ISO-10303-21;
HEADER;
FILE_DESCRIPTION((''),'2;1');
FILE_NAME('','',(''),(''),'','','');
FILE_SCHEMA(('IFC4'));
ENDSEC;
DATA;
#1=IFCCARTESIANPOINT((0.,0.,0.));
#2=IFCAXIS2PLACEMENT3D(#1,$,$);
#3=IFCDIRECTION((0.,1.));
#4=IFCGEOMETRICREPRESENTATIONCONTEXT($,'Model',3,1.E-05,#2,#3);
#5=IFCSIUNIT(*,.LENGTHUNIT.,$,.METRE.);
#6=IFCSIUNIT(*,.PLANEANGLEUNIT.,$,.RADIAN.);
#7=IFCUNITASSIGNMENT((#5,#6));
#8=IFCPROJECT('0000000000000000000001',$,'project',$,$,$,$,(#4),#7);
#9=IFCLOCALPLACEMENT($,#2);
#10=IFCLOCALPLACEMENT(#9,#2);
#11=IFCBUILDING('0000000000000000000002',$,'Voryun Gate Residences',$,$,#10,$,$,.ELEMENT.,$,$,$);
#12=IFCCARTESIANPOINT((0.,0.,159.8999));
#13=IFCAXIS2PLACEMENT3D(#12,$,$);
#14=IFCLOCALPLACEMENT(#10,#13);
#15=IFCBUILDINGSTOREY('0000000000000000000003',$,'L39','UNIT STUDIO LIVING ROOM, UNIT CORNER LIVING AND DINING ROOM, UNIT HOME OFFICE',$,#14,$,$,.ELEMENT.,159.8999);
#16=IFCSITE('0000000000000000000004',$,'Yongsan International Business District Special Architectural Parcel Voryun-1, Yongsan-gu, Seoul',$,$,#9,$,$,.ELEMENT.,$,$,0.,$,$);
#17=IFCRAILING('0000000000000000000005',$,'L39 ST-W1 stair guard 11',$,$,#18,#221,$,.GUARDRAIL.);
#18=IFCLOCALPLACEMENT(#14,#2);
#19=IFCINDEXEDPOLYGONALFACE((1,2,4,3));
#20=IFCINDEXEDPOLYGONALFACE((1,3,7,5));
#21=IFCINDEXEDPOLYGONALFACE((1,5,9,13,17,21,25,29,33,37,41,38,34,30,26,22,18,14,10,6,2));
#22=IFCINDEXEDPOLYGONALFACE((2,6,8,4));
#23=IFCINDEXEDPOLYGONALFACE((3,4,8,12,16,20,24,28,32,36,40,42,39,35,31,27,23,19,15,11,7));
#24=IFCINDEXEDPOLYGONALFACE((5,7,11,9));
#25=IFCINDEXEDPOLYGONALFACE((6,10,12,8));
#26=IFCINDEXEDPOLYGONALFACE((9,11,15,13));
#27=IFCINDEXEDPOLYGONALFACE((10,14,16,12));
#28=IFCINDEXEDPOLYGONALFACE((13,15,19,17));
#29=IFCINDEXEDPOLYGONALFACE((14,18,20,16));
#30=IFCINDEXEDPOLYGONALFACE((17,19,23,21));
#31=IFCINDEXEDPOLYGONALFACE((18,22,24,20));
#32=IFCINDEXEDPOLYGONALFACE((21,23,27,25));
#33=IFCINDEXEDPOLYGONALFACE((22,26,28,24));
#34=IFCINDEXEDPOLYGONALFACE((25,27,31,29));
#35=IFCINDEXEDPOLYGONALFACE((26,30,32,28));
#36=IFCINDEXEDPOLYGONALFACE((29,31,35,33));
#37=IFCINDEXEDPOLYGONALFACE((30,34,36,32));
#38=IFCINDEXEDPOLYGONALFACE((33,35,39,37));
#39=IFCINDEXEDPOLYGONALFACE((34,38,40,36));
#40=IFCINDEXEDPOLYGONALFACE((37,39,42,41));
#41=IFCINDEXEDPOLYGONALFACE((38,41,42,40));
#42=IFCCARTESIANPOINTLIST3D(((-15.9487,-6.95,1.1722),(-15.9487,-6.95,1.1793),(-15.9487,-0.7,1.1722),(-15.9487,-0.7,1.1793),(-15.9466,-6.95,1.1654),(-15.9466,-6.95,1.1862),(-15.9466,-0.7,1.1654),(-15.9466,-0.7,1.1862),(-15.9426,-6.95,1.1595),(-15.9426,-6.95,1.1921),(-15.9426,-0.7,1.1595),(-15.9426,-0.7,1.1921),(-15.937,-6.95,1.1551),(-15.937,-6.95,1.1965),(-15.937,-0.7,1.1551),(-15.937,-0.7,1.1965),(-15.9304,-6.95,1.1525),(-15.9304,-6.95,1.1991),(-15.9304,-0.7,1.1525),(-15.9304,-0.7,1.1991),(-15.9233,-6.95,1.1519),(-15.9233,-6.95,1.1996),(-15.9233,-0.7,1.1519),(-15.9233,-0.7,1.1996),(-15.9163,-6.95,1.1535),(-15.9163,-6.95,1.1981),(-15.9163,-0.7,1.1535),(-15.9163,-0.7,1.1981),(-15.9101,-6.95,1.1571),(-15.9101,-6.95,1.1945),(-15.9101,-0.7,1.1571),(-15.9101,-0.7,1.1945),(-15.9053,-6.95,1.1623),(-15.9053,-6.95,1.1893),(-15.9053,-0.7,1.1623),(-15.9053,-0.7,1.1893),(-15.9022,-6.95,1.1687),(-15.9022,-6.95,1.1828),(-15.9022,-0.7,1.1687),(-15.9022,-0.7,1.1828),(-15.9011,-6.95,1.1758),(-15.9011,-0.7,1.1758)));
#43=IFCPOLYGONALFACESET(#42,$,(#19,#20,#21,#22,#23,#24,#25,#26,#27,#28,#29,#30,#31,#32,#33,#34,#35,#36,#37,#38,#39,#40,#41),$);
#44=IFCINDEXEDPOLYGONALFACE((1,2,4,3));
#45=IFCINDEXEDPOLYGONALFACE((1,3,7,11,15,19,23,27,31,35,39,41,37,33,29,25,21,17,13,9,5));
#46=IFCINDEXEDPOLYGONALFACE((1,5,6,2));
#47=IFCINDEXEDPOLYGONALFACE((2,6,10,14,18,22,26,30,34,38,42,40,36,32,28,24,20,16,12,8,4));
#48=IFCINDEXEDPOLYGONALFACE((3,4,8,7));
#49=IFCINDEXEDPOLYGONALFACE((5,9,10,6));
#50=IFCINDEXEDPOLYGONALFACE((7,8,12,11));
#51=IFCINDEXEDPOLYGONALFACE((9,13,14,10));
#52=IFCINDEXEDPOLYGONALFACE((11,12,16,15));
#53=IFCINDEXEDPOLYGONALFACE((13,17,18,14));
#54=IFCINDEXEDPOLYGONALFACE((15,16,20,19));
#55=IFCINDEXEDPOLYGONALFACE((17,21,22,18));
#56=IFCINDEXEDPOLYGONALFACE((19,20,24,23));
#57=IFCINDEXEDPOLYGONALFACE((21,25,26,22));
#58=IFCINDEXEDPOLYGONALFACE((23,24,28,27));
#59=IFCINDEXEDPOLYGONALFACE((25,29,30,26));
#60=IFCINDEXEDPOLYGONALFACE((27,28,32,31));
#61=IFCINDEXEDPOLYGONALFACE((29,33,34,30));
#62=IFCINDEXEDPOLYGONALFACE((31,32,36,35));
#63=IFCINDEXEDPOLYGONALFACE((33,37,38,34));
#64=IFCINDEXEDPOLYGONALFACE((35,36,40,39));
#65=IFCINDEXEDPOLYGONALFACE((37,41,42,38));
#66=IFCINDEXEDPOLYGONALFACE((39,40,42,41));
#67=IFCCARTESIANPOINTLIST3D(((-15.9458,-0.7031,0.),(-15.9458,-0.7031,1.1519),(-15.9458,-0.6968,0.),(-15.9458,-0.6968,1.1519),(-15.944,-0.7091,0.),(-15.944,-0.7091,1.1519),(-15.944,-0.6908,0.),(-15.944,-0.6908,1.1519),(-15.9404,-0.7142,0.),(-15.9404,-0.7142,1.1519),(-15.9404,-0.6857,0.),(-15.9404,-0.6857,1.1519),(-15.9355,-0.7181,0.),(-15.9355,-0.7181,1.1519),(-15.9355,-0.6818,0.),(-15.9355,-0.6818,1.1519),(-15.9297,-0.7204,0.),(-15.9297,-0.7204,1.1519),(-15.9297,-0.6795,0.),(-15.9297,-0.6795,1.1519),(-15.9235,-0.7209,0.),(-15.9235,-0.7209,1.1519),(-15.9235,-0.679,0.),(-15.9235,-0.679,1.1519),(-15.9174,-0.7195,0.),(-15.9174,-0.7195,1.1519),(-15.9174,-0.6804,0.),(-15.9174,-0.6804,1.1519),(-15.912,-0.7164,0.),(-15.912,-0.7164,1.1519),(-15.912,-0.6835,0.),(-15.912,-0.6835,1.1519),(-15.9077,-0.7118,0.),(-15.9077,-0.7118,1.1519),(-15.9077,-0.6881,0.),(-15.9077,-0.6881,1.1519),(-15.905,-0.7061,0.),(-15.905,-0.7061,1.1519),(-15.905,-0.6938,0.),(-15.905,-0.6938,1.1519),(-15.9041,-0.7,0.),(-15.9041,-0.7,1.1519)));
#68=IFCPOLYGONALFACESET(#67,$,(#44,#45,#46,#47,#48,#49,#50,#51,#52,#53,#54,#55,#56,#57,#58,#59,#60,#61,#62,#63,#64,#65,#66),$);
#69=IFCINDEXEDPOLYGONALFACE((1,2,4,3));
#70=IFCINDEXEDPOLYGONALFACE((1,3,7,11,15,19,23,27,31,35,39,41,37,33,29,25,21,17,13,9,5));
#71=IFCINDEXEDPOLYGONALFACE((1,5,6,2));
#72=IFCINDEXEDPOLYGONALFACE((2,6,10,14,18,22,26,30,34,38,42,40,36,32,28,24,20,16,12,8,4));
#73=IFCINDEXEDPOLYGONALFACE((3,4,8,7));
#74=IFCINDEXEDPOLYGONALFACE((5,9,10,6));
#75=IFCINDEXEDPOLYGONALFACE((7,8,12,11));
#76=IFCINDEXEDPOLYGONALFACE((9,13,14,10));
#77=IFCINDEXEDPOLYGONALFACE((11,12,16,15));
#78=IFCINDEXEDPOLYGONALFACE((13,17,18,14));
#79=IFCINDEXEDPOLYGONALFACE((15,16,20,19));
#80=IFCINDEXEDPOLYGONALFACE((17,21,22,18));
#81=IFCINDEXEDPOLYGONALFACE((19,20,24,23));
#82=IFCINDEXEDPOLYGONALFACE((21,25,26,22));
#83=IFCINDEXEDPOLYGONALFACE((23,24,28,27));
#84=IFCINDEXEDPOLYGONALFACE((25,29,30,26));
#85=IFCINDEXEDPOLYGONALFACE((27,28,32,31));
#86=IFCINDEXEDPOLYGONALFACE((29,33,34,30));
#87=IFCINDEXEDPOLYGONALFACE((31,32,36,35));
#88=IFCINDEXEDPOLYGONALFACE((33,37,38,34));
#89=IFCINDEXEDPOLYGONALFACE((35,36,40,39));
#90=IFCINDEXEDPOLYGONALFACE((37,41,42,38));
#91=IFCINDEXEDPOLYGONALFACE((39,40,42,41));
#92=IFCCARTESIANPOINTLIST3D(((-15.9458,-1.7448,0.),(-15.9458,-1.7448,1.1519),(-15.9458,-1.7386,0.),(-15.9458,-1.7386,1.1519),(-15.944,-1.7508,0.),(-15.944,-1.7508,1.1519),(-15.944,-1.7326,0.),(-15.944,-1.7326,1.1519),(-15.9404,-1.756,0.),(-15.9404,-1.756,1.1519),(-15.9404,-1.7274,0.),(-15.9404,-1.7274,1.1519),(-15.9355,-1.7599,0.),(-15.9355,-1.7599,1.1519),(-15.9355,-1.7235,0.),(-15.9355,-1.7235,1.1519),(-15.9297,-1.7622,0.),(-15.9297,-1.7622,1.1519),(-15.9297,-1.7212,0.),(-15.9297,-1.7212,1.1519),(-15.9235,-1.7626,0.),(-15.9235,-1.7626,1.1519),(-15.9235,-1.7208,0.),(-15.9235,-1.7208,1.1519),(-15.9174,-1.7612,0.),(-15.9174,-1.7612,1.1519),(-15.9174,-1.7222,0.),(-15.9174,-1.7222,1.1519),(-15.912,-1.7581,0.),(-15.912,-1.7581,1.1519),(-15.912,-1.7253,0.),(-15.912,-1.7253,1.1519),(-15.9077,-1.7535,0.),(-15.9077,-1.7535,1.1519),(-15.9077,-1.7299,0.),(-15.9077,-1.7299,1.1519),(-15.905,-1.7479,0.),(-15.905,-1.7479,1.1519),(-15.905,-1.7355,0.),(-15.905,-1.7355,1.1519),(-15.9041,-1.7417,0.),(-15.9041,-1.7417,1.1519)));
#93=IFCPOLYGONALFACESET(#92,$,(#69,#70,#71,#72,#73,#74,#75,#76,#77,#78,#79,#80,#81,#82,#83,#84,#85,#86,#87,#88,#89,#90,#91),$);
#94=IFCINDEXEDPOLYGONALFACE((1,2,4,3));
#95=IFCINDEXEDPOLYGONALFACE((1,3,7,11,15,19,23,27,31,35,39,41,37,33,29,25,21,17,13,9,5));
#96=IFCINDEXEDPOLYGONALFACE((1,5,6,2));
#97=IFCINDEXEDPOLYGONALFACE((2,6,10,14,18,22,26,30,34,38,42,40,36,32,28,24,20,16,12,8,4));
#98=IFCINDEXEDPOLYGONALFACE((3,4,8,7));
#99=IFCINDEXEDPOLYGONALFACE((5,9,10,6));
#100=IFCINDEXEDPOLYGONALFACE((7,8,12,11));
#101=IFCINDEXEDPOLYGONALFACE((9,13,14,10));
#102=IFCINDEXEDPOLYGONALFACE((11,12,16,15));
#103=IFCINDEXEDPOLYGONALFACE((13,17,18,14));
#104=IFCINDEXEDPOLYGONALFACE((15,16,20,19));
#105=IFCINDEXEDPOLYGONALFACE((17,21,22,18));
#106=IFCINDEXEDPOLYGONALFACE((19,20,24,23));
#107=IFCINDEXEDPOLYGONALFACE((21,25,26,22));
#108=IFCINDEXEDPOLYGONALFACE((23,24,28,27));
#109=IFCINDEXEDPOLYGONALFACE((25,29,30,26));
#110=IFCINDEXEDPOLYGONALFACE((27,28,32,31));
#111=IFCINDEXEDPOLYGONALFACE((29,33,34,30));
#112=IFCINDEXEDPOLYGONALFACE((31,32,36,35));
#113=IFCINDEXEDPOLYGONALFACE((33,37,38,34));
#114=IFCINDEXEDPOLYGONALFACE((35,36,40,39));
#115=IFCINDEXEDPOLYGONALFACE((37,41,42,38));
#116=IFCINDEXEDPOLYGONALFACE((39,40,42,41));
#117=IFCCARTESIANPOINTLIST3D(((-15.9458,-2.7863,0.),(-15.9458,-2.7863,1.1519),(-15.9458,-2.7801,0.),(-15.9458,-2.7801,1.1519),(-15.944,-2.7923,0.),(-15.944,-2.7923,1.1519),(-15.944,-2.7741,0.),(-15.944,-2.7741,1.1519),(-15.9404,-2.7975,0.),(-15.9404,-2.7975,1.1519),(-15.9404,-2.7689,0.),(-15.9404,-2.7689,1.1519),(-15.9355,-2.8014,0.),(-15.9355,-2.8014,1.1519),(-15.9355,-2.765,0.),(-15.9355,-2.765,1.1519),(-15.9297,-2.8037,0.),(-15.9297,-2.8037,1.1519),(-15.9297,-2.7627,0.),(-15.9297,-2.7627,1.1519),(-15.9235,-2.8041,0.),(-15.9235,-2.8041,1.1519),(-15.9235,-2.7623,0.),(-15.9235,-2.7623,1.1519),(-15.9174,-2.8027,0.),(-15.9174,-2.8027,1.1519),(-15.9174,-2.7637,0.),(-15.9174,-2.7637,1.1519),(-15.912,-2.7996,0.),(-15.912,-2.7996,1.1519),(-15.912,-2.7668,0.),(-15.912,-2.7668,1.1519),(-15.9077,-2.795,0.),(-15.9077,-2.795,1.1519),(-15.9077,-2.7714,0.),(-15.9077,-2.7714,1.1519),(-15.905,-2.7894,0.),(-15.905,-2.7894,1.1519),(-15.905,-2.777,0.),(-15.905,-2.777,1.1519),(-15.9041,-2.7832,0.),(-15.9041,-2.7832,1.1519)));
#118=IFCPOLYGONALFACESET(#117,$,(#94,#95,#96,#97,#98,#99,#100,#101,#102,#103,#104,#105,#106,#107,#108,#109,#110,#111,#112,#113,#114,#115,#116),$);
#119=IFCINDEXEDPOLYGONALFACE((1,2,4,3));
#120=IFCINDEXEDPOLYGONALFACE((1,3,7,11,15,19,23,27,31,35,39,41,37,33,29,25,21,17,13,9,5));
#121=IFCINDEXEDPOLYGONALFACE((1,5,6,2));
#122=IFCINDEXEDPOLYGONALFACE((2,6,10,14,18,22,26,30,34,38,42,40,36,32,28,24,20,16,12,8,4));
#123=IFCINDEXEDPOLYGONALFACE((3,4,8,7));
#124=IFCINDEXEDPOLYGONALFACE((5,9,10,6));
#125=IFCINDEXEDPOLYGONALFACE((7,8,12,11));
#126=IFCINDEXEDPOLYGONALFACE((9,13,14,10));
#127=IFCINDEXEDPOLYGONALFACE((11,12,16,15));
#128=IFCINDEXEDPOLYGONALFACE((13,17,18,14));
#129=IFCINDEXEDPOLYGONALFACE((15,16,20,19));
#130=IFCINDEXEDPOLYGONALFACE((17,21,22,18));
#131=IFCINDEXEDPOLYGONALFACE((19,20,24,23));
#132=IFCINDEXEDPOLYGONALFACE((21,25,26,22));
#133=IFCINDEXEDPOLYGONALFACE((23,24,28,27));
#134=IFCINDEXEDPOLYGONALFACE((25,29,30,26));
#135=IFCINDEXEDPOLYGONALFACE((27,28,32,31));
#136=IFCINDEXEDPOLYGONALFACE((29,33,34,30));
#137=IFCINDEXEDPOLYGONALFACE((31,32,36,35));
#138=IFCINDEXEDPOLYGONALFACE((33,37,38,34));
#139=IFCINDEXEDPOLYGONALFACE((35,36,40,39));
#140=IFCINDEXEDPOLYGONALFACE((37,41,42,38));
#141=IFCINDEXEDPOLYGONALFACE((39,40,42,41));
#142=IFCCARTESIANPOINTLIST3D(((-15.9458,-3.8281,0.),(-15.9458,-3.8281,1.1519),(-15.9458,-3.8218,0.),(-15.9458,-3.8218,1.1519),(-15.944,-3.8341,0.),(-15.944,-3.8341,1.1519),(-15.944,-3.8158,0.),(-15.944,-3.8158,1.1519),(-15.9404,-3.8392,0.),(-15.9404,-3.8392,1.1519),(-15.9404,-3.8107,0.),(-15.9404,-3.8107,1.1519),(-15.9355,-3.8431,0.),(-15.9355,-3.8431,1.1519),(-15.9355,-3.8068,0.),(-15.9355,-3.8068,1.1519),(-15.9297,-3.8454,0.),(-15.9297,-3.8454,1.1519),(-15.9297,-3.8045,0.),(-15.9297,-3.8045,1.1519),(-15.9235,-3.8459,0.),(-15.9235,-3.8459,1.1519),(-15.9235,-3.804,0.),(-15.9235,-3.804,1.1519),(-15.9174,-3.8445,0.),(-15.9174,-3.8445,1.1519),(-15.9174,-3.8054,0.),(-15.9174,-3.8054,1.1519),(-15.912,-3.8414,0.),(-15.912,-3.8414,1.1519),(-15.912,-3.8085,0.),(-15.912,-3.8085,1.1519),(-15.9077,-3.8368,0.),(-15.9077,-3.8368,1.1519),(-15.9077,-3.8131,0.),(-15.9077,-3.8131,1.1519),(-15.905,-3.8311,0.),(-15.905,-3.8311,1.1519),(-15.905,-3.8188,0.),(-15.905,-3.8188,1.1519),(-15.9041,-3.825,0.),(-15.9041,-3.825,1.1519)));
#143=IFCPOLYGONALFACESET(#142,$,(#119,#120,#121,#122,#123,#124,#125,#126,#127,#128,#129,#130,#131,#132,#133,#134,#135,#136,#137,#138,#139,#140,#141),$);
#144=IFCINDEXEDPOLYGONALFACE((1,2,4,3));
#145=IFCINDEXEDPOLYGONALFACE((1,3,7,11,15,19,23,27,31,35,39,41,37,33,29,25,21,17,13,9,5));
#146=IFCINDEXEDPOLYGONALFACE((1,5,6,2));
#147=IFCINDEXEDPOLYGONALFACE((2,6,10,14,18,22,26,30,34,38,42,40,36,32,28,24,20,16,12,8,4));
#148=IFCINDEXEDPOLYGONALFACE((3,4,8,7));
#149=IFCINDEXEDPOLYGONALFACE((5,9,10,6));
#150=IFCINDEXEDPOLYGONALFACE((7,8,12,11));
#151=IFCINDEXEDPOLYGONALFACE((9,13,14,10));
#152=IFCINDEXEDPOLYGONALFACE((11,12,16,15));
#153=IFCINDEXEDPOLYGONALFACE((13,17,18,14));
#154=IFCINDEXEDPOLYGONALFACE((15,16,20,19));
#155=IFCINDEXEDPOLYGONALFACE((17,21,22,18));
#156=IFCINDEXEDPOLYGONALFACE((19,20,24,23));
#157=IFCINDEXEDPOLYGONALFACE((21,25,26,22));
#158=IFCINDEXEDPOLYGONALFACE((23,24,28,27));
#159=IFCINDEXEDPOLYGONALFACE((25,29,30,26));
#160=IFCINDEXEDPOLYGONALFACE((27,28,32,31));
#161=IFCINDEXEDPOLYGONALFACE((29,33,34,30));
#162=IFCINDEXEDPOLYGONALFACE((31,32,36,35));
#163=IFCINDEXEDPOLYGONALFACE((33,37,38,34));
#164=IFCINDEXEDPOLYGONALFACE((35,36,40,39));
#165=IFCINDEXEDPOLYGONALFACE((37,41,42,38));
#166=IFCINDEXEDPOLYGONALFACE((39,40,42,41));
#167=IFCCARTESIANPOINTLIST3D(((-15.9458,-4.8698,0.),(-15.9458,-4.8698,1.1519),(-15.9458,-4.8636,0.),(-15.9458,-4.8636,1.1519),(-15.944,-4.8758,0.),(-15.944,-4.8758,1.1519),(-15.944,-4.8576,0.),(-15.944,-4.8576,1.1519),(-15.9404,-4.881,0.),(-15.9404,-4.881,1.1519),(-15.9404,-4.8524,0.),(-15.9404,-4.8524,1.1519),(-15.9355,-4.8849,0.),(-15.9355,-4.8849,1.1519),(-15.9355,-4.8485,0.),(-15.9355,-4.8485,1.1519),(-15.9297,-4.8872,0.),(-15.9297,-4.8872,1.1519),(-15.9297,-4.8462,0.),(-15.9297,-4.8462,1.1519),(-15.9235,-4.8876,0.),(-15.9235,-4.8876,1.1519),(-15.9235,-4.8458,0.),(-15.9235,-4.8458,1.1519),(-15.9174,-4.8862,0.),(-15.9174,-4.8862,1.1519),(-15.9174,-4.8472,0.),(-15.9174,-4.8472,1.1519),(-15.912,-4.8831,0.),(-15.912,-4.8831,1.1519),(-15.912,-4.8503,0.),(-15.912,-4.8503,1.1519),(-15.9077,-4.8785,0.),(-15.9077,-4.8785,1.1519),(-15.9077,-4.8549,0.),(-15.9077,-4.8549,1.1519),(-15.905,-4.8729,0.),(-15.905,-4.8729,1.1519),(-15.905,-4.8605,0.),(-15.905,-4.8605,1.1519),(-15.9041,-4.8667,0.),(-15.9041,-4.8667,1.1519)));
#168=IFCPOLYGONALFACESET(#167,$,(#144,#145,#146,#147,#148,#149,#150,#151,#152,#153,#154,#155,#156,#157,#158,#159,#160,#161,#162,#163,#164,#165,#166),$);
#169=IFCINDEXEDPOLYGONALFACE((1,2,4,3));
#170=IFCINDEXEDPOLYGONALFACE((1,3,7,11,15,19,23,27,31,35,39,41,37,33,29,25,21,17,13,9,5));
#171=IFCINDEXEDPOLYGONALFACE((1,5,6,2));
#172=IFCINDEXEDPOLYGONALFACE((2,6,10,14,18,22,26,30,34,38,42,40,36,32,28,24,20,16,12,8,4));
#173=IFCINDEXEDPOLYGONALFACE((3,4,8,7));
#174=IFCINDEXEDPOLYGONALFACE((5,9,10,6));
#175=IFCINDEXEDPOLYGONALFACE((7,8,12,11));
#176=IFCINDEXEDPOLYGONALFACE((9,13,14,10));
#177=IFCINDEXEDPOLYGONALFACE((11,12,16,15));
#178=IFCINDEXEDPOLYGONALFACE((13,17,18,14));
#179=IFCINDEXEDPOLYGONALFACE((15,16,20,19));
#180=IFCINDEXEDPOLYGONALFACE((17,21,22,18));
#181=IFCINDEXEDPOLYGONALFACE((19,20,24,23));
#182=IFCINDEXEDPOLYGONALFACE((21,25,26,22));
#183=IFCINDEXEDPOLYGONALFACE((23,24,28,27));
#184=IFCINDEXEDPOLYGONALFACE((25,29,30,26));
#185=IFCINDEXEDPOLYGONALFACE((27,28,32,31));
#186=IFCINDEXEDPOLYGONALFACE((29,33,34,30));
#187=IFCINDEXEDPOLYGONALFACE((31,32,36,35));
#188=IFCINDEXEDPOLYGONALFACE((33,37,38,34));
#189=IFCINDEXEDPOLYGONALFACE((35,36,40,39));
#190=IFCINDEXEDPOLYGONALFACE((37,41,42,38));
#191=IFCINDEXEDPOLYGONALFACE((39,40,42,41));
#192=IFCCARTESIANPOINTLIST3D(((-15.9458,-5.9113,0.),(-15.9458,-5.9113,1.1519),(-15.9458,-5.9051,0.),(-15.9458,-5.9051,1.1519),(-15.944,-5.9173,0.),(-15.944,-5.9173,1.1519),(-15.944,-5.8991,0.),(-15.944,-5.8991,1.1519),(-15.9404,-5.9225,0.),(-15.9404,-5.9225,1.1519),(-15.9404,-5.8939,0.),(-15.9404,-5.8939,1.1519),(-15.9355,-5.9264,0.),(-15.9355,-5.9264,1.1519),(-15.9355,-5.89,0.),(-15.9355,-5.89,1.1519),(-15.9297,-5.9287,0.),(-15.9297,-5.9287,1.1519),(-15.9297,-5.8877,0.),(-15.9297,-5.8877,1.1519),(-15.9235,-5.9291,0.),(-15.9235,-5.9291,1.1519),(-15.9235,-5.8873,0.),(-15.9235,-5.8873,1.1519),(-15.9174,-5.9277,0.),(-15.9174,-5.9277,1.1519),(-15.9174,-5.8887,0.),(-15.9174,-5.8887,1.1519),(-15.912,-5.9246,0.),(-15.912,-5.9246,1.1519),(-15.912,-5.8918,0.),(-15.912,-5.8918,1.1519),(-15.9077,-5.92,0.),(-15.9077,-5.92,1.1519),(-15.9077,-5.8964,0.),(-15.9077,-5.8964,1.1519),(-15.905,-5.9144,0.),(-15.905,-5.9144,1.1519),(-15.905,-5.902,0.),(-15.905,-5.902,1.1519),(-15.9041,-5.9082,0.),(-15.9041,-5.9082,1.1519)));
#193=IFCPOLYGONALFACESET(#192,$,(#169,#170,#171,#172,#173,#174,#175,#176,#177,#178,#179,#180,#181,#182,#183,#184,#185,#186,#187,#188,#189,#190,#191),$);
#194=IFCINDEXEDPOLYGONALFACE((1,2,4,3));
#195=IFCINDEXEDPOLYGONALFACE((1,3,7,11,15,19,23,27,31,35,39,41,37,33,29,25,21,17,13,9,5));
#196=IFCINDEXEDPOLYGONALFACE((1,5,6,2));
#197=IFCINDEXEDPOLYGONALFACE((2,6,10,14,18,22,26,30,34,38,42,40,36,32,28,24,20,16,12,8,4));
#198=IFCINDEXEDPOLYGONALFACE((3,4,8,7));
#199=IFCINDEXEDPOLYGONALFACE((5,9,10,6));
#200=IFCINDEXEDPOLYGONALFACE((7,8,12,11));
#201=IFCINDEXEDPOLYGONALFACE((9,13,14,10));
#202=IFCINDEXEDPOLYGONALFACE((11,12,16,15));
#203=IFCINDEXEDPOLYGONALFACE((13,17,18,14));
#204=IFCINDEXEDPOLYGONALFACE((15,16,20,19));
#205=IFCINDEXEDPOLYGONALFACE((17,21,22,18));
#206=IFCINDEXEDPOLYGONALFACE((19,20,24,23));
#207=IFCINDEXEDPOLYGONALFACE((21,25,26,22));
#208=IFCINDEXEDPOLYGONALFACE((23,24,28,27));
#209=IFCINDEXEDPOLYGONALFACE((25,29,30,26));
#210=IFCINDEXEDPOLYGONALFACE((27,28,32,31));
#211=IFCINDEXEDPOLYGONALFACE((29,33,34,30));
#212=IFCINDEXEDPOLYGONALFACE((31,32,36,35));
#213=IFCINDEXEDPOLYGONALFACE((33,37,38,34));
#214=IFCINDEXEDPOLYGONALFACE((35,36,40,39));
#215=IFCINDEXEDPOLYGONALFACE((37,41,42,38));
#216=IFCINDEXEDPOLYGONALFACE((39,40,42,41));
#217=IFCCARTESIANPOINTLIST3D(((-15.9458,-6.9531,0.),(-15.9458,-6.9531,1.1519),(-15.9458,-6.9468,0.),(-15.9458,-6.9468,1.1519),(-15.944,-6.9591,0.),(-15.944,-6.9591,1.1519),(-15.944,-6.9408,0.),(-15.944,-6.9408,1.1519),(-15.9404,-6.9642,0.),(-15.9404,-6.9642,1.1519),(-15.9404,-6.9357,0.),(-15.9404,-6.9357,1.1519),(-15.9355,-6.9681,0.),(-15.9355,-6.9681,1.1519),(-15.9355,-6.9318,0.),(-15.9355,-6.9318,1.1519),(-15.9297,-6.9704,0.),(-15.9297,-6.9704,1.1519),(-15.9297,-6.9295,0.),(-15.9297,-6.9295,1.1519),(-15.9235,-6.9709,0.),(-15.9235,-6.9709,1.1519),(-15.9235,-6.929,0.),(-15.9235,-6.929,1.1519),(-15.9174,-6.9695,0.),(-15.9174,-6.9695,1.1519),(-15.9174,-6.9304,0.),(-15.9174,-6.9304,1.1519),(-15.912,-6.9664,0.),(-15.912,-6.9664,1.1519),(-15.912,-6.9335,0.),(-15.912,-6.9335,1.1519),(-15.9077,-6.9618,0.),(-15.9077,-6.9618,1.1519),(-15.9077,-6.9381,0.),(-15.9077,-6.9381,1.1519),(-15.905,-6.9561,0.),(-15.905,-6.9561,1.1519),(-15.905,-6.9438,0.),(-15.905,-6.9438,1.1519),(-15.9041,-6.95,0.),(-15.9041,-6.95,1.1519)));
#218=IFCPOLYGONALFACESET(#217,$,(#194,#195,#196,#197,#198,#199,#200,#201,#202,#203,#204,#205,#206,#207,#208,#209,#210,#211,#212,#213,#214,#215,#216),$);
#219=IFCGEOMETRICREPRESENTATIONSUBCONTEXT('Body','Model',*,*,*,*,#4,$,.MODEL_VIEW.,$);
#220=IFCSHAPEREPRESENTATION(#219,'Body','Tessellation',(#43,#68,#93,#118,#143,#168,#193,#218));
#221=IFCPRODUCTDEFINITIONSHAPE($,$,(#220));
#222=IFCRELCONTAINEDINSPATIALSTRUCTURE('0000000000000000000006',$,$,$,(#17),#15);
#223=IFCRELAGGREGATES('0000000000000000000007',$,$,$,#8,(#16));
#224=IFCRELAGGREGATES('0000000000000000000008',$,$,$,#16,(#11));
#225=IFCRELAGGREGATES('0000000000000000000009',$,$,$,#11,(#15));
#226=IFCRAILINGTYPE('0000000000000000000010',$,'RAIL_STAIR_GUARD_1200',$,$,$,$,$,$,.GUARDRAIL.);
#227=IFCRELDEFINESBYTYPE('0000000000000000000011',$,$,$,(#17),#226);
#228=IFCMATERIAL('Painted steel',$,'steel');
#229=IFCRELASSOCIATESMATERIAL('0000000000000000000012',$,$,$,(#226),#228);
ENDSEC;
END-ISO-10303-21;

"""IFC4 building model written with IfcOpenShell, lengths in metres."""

from ifc_helpers import new_model, si_unit, direction, frame, origin, origin_2d, place, context, subcontext, project, spatial, circle, extrude, material, type_object, element, save


model = new_model("IFC4")

# Units and contexts
model_context = context("Model", 3, precision=1e-05, world=origin(), true_north=direction((0.0, 1.0)))
body_context = subcontext(model_context, "Body", "Model", "MODEL_VIEW")
ifc_project = project(units=[si_unit("LENGTHUNIT", "METRE"), si_unit("PLANEANGLEUNIT", "RADIAN")], contexts=[model_context])

# Site, building, storey
site_placement = place(None, origin())
site = spatial("IfcSite", under=ifc_project, at=site_placement, Name="Yongsan International Business District Special Architectural Parcel Voryun-1, Yongsan-gu, Seoul", CompositionType="ELEMENT", RefElevation=0.0)
building_placement = place(site_placement, origin())
building = spatial("IfcBuilding", under=site, at=building_placement, Name="Voryun Gate Residences", CompositionType="ELEMENT")
storey_placement = place(building_placement, frame((0.0, 0.0, 159.8999)))
storey = spatial("IfcBuildingStorey", under=building, at=storey_placement, Name="L39", Description="UNIT STUDIO LIVING ROOM, UNIT CORNER LIVING AND DINING ROOM, UNIT HOME OFFICE", CompositionType="ELEMENT", Elevation=159.8999)

# Railing
ifc_material_1 = material(Name="Painted steel", Category="steel")
railing_type = type_object("IfcRailingType", Name="RAIL_STAIR_GUARD_1200", PredefinedType="GUARDRAIL", material=ifc_material_1)
railing_1_placement = place(storey_placement, frame((-15.925, -0.7, 0.0)))
element("IfcRailing", 1, at=railing_1_placement, inside=storey, type_object=railing_type, Name="L39 ST-W1 stair guard 11", PredefinedType="GUARDRAIL", context=body_context, shape_type="SweptSolid", body=[
    extrude(circle(Radius=0.0239, at=origin_2d()), frame((0.0, 0.0, 1.1758), z_axis=(0.0, -1.0, 0.0), x_axis=(1.0, 0.0, 0.0)), (0.0, 0.0, 1.0), 6.25),
    extrude(circle(Radius=0.021, at=origin_2d()), origin(), (0.0, 0.0, 1.0), 1.1519),
    extrude(circle(Radius=0.021, at=origin_2d()), frame((0.0, -1.0417, 0.0)), (0.0, 0.0, 1.0), 1.1519),
    extrude(circle(Radius=0.021, at=origin_2d()), frame((0.0, -2.0833, 0.0)), (0.0, 0.0, 1.0), 1.1519),
    extrude(circle(Radius=0.021, at=origin_2d()), frame((0.0, -3.125, 0.0)), (0.0, 0.0, 1.0), 1.1519),
    extrude(circle(Radius=0.021, at=origin_2d()), frame((0.0, -4.1667, 0.0)), (0.0, 0.0, 1.0), 1.1519),
    extrude(circle(Radius=0.021, at=origin_2d()), frame((0.0, -5.2083, 0.0)), (0.0, 0.0, 1.0), 1.1519),
    extrude(circle(Radius=0.021, at=origin_2d()), frame((0.0, -6.25, 0.0)), (0.0, 0.0, 1.0), 1.1519),
])

save(model, "model.ifc")
